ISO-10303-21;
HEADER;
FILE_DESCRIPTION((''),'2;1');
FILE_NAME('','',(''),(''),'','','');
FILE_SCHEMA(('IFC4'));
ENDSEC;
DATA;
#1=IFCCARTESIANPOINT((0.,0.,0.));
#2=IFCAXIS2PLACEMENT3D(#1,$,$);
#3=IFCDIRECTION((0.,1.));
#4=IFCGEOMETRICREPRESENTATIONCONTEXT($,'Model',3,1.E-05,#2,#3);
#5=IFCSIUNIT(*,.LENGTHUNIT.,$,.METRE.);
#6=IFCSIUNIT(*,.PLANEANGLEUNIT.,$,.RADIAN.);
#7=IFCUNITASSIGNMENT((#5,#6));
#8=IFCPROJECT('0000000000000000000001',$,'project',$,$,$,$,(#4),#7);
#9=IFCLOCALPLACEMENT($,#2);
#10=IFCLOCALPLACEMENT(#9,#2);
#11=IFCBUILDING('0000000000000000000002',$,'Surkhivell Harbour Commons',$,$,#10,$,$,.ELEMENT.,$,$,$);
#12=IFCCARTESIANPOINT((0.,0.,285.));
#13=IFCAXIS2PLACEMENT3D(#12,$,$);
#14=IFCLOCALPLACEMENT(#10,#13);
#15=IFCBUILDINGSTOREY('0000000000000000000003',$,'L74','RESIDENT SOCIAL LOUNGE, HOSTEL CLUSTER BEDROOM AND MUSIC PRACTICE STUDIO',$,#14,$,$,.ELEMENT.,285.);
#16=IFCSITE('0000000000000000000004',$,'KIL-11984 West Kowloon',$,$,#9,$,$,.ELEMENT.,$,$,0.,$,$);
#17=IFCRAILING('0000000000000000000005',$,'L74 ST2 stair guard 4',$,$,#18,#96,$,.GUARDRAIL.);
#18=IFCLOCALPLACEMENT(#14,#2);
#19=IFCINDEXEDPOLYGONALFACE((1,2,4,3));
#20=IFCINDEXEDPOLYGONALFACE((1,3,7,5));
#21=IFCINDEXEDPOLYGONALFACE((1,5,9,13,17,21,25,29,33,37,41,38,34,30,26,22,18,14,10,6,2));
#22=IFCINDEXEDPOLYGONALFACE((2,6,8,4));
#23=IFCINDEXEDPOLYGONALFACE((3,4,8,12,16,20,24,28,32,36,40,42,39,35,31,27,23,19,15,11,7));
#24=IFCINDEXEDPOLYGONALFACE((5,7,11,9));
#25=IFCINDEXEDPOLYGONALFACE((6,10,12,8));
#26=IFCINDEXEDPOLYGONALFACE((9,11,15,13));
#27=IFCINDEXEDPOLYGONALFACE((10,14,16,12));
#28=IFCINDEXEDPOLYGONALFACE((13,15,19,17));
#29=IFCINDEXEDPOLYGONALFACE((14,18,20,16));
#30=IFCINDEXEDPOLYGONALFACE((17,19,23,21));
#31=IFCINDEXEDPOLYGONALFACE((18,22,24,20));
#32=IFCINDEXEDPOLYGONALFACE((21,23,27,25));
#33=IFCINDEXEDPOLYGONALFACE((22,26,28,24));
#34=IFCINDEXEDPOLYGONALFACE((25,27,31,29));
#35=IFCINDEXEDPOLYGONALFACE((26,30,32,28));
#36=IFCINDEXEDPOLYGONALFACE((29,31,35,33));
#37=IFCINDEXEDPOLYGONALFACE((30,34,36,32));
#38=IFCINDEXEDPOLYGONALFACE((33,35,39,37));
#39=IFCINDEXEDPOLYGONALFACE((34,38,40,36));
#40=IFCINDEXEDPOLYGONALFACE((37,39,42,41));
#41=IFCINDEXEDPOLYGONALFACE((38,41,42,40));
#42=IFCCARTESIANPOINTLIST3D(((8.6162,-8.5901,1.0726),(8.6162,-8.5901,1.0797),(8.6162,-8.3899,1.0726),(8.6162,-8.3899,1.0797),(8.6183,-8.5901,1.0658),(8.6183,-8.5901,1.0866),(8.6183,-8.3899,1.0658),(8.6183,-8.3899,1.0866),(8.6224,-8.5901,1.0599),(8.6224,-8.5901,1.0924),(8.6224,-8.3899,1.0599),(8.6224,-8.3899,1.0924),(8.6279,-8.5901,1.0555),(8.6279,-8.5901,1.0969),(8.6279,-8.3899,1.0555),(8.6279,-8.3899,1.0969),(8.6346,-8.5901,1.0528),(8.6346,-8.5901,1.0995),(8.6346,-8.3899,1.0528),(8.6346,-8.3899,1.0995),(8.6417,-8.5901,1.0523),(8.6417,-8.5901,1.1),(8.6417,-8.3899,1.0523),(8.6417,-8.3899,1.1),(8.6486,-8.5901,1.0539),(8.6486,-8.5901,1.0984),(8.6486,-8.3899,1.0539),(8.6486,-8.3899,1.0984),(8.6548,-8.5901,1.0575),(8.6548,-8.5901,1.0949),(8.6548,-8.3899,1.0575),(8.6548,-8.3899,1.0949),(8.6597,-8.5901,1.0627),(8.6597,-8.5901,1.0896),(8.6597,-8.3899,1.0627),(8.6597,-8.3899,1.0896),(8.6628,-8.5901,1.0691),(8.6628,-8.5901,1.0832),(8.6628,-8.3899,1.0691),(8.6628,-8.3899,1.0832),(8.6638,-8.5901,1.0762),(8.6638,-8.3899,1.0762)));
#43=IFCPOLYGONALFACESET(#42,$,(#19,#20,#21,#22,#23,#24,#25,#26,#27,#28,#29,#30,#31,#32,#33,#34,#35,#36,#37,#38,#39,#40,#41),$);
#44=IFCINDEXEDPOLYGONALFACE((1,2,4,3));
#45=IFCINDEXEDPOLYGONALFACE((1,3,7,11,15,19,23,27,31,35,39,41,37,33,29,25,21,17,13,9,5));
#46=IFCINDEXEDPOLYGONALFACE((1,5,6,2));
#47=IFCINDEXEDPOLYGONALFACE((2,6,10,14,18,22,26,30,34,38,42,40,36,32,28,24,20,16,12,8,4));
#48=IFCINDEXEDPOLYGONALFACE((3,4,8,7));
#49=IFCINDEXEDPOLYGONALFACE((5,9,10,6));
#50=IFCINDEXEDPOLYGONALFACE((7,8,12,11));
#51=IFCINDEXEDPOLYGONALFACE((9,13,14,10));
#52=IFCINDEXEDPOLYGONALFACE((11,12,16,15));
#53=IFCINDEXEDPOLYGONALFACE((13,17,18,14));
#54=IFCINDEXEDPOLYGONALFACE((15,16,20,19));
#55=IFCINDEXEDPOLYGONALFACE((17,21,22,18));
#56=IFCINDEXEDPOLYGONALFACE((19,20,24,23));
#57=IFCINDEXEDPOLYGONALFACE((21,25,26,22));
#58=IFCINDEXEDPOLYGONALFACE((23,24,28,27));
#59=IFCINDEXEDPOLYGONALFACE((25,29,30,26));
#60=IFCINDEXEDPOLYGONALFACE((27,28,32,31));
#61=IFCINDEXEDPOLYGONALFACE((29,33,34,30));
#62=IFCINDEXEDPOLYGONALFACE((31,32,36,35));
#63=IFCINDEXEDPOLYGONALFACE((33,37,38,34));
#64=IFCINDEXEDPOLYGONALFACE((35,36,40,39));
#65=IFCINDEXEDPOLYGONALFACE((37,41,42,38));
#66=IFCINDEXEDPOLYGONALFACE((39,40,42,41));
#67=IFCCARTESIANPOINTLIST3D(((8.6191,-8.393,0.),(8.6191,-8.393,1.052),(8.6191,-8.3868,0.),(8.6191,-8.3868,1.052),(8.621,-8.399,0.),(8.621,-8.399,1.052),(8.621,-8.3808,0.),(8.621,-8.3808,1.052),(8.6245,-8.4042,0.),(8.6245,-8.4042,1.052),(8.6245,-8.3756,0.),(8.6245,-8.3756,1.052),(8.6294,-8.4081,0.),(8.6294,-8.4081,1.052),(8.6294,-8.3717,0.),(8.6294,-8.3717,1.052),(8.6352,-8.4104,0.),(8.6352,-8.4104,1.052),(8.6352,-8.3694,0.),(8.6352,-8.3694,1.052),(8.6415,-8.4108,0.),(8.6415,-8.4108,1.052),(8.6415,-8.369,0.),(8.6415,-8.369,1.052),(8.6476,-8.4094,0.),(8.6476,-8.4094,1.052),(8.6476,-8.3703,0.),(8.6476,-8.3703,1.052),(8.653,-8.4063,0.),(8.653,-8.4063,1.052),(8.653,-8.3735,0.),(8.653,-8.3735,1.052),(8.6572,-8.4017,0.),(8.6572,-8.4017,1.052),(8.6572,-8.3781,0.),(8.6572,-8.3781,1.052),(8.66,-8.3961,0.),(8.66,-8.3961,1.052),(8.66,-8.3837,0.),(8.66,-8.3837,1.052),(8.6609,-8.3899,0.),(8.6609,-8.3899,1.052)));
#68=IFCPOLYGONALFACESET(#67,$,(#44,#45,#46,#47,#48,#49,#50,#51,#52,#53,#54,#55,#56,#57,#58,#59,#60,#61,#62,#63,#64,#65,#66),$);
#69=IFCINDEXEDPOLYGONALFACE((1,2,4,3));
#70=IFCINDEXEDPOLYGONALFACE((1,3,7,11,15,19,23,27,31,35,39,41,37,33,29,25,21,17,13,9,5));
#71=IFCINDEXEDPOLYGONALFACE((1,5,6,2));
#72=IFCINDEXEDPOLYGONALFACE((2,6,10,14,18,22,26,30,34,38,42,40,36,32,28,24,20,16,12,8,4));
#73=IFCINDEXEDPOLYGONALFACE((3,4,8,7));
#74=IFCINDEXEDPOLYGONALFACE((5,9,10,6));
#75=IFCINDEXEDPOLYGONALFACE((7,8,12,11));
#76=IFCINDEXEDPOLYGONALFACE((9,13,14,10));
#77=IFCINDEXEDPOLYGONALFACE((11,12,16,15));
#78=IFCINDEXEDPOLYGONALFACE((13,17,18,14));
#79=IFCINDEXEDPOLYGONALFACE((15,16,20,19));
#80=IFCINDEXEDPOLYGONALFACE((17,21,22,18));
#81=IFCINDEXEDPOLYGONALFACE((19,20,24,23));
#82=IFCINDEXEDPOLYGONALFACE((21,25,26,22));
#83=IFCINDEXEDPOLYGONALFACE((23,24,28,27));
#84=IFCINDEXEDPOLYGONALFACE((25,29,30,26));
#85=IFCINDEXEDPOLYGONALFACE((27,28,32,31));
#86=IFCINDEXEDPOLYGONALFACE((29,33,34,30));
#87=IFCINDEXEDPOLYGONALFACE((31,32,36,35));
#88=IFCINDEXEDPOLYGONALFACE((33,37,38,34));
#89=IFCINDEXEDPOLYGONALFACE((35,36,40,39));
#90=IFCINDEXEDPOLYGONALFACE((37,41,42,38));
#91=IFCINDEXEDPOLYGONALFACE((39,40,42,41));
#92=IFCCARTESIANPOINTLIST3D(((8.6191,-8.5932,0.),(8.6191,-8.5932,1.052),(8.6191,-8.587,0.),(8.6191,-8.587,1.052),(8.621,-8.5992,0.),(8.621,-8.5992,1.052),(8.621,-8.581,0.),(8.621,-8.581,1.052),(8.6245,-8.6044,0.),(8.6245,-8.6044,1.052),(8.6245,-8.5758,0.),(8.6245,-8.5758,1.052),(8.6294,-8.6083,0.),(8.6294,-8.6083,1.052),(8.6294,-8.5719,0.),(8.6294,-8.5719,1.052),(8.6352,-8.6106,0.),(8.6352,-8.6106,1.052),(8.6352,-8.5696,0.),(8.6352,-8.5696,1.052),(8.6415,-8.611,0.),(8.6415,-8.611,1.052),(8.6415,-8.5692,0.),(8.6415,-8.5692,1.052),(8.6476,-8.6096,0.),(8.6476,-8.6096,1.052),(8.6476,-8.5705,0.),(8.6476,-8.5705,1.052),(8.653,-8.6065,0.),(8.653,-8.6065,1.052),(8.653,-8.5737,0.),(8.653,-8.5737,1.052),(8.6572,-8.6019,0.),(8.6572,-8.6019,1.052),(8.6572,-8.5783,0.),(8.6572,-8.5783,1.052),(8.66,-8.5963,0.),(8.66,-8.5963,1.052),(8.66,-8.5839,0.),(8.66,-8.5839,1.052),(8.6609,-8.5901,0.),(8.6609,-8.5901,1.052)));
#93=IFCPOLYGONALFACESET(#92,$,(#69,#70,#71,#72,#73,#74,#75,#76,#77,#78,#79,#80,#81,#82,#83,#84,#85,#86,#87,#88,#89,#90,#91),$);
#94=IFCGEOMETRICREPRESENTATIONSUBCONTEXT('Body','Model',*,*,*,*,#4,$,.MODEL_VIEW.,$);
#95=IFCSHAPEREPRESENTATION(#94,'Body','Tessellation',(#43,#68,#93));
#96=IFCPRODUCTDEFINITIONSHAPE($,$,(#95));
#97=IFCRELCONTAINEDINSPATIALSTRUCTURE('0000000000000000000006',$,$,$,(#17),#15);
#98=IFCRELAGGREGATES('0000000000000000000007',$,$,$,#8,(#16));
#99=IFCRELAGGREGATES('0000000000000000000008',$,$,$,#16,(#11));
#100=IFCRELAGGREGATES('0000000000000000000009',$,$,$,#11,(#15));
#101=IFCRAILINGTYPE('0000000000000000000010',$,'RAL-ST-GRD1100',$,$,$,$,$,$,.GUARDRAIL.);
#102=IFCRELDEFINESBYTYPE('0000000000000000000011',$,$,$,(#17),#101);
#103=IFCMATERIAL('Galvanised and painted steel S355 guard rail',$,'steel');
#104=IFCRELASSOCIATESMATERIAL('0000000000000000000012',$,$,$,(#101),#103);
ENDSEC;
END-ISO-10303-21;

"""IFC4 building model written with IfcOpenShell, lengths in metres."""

from ifc_helpers import new_model, si_unit, direction, frame, origin, origin_2d, place, context, subcontext, project, spatial, circle, extrude, material, type_object, element, save


model = new_model("IFC4")

# Units and contexts
model_context = context("Model", 3, precision=1e-05, world=origin(), true_north=direction((0.0, 1.0)))
body_context = subcontext(model_context, "Body", "Model", "MODEL_VIEW")
ifc_project = project(units=[si_unit("LENGTHUNIT", "METRE"), si_unit("PLANEANGLEUNIT", "RADIAN")], contexts=[model_context])

# Site, building, storey
site_placement = place(None, origin())
site = spatial("IfcSite", under=ifc_project, at=site_placement, Name="KIL-11984 West Kowloon", CompositionType="ELEMENT", RefElevation=0.0)
building_placement = place(site_placement, origin())
building = spatial("IfcBuilding", under=site, at=building_placement, Name="Surkhivell Harbour Commons", CompositionType="ELEMENT")
storey_placement = place(building_placement, frame((0.0, 0.0, 285.0)))
storey = spatial("IfcBuildingStorey", under=building, at=storey_placement, Name="L74", Description="RESIDENT SOCIAL LOUNGE, HOSTEL CLUSTER BEDROOM AND MUSIC PRACTICE STUDIO", CompositionType="ELEMENT", Elevation=285.0)

# Railing
ifc_material_1 = material(Name="Galvanised and painted steel S355 guard rail", Category="steel")
railing_type_1 = type_object("IfcRailingType", Name="RAL-ST-GRD1100", PredefinedType="GUARDRAIL", material=ifc_material_1)
railing_1_placement = place(storey_placement, frame((8.6399, -8.3899, 0.0)))
element("IfcRailing", 1, at=railing_1_placement, inside=storey, type_object=railing_type_1, Name="L74 ST2 stair guard 4", PredefinedType="GUARDRAIL", context=body_context, shape_type="SweptSolid", body=[
    extrude(circle(Radius=0.0239, at=origin_2d()), frame((0.0, 0.0, 1.0762), z_axis=(0.0, -1.0, 0.0), x_axis=(1.0, 0.0, 0.0)), (0.0, 0.0, 1.0), 0.2002),
    extrude(circle(Radius=0.021, at=origin_2d()), origin(), (0.0, 0.0, 1.0), 1.052),
    extrude(circle(Radius=0.021, at=origin_2d()), frame((0.0, -0.2002, 0.0)), (0.0, 0.0, 1.0), 1.052),
])

save(model, "model.ifc")
